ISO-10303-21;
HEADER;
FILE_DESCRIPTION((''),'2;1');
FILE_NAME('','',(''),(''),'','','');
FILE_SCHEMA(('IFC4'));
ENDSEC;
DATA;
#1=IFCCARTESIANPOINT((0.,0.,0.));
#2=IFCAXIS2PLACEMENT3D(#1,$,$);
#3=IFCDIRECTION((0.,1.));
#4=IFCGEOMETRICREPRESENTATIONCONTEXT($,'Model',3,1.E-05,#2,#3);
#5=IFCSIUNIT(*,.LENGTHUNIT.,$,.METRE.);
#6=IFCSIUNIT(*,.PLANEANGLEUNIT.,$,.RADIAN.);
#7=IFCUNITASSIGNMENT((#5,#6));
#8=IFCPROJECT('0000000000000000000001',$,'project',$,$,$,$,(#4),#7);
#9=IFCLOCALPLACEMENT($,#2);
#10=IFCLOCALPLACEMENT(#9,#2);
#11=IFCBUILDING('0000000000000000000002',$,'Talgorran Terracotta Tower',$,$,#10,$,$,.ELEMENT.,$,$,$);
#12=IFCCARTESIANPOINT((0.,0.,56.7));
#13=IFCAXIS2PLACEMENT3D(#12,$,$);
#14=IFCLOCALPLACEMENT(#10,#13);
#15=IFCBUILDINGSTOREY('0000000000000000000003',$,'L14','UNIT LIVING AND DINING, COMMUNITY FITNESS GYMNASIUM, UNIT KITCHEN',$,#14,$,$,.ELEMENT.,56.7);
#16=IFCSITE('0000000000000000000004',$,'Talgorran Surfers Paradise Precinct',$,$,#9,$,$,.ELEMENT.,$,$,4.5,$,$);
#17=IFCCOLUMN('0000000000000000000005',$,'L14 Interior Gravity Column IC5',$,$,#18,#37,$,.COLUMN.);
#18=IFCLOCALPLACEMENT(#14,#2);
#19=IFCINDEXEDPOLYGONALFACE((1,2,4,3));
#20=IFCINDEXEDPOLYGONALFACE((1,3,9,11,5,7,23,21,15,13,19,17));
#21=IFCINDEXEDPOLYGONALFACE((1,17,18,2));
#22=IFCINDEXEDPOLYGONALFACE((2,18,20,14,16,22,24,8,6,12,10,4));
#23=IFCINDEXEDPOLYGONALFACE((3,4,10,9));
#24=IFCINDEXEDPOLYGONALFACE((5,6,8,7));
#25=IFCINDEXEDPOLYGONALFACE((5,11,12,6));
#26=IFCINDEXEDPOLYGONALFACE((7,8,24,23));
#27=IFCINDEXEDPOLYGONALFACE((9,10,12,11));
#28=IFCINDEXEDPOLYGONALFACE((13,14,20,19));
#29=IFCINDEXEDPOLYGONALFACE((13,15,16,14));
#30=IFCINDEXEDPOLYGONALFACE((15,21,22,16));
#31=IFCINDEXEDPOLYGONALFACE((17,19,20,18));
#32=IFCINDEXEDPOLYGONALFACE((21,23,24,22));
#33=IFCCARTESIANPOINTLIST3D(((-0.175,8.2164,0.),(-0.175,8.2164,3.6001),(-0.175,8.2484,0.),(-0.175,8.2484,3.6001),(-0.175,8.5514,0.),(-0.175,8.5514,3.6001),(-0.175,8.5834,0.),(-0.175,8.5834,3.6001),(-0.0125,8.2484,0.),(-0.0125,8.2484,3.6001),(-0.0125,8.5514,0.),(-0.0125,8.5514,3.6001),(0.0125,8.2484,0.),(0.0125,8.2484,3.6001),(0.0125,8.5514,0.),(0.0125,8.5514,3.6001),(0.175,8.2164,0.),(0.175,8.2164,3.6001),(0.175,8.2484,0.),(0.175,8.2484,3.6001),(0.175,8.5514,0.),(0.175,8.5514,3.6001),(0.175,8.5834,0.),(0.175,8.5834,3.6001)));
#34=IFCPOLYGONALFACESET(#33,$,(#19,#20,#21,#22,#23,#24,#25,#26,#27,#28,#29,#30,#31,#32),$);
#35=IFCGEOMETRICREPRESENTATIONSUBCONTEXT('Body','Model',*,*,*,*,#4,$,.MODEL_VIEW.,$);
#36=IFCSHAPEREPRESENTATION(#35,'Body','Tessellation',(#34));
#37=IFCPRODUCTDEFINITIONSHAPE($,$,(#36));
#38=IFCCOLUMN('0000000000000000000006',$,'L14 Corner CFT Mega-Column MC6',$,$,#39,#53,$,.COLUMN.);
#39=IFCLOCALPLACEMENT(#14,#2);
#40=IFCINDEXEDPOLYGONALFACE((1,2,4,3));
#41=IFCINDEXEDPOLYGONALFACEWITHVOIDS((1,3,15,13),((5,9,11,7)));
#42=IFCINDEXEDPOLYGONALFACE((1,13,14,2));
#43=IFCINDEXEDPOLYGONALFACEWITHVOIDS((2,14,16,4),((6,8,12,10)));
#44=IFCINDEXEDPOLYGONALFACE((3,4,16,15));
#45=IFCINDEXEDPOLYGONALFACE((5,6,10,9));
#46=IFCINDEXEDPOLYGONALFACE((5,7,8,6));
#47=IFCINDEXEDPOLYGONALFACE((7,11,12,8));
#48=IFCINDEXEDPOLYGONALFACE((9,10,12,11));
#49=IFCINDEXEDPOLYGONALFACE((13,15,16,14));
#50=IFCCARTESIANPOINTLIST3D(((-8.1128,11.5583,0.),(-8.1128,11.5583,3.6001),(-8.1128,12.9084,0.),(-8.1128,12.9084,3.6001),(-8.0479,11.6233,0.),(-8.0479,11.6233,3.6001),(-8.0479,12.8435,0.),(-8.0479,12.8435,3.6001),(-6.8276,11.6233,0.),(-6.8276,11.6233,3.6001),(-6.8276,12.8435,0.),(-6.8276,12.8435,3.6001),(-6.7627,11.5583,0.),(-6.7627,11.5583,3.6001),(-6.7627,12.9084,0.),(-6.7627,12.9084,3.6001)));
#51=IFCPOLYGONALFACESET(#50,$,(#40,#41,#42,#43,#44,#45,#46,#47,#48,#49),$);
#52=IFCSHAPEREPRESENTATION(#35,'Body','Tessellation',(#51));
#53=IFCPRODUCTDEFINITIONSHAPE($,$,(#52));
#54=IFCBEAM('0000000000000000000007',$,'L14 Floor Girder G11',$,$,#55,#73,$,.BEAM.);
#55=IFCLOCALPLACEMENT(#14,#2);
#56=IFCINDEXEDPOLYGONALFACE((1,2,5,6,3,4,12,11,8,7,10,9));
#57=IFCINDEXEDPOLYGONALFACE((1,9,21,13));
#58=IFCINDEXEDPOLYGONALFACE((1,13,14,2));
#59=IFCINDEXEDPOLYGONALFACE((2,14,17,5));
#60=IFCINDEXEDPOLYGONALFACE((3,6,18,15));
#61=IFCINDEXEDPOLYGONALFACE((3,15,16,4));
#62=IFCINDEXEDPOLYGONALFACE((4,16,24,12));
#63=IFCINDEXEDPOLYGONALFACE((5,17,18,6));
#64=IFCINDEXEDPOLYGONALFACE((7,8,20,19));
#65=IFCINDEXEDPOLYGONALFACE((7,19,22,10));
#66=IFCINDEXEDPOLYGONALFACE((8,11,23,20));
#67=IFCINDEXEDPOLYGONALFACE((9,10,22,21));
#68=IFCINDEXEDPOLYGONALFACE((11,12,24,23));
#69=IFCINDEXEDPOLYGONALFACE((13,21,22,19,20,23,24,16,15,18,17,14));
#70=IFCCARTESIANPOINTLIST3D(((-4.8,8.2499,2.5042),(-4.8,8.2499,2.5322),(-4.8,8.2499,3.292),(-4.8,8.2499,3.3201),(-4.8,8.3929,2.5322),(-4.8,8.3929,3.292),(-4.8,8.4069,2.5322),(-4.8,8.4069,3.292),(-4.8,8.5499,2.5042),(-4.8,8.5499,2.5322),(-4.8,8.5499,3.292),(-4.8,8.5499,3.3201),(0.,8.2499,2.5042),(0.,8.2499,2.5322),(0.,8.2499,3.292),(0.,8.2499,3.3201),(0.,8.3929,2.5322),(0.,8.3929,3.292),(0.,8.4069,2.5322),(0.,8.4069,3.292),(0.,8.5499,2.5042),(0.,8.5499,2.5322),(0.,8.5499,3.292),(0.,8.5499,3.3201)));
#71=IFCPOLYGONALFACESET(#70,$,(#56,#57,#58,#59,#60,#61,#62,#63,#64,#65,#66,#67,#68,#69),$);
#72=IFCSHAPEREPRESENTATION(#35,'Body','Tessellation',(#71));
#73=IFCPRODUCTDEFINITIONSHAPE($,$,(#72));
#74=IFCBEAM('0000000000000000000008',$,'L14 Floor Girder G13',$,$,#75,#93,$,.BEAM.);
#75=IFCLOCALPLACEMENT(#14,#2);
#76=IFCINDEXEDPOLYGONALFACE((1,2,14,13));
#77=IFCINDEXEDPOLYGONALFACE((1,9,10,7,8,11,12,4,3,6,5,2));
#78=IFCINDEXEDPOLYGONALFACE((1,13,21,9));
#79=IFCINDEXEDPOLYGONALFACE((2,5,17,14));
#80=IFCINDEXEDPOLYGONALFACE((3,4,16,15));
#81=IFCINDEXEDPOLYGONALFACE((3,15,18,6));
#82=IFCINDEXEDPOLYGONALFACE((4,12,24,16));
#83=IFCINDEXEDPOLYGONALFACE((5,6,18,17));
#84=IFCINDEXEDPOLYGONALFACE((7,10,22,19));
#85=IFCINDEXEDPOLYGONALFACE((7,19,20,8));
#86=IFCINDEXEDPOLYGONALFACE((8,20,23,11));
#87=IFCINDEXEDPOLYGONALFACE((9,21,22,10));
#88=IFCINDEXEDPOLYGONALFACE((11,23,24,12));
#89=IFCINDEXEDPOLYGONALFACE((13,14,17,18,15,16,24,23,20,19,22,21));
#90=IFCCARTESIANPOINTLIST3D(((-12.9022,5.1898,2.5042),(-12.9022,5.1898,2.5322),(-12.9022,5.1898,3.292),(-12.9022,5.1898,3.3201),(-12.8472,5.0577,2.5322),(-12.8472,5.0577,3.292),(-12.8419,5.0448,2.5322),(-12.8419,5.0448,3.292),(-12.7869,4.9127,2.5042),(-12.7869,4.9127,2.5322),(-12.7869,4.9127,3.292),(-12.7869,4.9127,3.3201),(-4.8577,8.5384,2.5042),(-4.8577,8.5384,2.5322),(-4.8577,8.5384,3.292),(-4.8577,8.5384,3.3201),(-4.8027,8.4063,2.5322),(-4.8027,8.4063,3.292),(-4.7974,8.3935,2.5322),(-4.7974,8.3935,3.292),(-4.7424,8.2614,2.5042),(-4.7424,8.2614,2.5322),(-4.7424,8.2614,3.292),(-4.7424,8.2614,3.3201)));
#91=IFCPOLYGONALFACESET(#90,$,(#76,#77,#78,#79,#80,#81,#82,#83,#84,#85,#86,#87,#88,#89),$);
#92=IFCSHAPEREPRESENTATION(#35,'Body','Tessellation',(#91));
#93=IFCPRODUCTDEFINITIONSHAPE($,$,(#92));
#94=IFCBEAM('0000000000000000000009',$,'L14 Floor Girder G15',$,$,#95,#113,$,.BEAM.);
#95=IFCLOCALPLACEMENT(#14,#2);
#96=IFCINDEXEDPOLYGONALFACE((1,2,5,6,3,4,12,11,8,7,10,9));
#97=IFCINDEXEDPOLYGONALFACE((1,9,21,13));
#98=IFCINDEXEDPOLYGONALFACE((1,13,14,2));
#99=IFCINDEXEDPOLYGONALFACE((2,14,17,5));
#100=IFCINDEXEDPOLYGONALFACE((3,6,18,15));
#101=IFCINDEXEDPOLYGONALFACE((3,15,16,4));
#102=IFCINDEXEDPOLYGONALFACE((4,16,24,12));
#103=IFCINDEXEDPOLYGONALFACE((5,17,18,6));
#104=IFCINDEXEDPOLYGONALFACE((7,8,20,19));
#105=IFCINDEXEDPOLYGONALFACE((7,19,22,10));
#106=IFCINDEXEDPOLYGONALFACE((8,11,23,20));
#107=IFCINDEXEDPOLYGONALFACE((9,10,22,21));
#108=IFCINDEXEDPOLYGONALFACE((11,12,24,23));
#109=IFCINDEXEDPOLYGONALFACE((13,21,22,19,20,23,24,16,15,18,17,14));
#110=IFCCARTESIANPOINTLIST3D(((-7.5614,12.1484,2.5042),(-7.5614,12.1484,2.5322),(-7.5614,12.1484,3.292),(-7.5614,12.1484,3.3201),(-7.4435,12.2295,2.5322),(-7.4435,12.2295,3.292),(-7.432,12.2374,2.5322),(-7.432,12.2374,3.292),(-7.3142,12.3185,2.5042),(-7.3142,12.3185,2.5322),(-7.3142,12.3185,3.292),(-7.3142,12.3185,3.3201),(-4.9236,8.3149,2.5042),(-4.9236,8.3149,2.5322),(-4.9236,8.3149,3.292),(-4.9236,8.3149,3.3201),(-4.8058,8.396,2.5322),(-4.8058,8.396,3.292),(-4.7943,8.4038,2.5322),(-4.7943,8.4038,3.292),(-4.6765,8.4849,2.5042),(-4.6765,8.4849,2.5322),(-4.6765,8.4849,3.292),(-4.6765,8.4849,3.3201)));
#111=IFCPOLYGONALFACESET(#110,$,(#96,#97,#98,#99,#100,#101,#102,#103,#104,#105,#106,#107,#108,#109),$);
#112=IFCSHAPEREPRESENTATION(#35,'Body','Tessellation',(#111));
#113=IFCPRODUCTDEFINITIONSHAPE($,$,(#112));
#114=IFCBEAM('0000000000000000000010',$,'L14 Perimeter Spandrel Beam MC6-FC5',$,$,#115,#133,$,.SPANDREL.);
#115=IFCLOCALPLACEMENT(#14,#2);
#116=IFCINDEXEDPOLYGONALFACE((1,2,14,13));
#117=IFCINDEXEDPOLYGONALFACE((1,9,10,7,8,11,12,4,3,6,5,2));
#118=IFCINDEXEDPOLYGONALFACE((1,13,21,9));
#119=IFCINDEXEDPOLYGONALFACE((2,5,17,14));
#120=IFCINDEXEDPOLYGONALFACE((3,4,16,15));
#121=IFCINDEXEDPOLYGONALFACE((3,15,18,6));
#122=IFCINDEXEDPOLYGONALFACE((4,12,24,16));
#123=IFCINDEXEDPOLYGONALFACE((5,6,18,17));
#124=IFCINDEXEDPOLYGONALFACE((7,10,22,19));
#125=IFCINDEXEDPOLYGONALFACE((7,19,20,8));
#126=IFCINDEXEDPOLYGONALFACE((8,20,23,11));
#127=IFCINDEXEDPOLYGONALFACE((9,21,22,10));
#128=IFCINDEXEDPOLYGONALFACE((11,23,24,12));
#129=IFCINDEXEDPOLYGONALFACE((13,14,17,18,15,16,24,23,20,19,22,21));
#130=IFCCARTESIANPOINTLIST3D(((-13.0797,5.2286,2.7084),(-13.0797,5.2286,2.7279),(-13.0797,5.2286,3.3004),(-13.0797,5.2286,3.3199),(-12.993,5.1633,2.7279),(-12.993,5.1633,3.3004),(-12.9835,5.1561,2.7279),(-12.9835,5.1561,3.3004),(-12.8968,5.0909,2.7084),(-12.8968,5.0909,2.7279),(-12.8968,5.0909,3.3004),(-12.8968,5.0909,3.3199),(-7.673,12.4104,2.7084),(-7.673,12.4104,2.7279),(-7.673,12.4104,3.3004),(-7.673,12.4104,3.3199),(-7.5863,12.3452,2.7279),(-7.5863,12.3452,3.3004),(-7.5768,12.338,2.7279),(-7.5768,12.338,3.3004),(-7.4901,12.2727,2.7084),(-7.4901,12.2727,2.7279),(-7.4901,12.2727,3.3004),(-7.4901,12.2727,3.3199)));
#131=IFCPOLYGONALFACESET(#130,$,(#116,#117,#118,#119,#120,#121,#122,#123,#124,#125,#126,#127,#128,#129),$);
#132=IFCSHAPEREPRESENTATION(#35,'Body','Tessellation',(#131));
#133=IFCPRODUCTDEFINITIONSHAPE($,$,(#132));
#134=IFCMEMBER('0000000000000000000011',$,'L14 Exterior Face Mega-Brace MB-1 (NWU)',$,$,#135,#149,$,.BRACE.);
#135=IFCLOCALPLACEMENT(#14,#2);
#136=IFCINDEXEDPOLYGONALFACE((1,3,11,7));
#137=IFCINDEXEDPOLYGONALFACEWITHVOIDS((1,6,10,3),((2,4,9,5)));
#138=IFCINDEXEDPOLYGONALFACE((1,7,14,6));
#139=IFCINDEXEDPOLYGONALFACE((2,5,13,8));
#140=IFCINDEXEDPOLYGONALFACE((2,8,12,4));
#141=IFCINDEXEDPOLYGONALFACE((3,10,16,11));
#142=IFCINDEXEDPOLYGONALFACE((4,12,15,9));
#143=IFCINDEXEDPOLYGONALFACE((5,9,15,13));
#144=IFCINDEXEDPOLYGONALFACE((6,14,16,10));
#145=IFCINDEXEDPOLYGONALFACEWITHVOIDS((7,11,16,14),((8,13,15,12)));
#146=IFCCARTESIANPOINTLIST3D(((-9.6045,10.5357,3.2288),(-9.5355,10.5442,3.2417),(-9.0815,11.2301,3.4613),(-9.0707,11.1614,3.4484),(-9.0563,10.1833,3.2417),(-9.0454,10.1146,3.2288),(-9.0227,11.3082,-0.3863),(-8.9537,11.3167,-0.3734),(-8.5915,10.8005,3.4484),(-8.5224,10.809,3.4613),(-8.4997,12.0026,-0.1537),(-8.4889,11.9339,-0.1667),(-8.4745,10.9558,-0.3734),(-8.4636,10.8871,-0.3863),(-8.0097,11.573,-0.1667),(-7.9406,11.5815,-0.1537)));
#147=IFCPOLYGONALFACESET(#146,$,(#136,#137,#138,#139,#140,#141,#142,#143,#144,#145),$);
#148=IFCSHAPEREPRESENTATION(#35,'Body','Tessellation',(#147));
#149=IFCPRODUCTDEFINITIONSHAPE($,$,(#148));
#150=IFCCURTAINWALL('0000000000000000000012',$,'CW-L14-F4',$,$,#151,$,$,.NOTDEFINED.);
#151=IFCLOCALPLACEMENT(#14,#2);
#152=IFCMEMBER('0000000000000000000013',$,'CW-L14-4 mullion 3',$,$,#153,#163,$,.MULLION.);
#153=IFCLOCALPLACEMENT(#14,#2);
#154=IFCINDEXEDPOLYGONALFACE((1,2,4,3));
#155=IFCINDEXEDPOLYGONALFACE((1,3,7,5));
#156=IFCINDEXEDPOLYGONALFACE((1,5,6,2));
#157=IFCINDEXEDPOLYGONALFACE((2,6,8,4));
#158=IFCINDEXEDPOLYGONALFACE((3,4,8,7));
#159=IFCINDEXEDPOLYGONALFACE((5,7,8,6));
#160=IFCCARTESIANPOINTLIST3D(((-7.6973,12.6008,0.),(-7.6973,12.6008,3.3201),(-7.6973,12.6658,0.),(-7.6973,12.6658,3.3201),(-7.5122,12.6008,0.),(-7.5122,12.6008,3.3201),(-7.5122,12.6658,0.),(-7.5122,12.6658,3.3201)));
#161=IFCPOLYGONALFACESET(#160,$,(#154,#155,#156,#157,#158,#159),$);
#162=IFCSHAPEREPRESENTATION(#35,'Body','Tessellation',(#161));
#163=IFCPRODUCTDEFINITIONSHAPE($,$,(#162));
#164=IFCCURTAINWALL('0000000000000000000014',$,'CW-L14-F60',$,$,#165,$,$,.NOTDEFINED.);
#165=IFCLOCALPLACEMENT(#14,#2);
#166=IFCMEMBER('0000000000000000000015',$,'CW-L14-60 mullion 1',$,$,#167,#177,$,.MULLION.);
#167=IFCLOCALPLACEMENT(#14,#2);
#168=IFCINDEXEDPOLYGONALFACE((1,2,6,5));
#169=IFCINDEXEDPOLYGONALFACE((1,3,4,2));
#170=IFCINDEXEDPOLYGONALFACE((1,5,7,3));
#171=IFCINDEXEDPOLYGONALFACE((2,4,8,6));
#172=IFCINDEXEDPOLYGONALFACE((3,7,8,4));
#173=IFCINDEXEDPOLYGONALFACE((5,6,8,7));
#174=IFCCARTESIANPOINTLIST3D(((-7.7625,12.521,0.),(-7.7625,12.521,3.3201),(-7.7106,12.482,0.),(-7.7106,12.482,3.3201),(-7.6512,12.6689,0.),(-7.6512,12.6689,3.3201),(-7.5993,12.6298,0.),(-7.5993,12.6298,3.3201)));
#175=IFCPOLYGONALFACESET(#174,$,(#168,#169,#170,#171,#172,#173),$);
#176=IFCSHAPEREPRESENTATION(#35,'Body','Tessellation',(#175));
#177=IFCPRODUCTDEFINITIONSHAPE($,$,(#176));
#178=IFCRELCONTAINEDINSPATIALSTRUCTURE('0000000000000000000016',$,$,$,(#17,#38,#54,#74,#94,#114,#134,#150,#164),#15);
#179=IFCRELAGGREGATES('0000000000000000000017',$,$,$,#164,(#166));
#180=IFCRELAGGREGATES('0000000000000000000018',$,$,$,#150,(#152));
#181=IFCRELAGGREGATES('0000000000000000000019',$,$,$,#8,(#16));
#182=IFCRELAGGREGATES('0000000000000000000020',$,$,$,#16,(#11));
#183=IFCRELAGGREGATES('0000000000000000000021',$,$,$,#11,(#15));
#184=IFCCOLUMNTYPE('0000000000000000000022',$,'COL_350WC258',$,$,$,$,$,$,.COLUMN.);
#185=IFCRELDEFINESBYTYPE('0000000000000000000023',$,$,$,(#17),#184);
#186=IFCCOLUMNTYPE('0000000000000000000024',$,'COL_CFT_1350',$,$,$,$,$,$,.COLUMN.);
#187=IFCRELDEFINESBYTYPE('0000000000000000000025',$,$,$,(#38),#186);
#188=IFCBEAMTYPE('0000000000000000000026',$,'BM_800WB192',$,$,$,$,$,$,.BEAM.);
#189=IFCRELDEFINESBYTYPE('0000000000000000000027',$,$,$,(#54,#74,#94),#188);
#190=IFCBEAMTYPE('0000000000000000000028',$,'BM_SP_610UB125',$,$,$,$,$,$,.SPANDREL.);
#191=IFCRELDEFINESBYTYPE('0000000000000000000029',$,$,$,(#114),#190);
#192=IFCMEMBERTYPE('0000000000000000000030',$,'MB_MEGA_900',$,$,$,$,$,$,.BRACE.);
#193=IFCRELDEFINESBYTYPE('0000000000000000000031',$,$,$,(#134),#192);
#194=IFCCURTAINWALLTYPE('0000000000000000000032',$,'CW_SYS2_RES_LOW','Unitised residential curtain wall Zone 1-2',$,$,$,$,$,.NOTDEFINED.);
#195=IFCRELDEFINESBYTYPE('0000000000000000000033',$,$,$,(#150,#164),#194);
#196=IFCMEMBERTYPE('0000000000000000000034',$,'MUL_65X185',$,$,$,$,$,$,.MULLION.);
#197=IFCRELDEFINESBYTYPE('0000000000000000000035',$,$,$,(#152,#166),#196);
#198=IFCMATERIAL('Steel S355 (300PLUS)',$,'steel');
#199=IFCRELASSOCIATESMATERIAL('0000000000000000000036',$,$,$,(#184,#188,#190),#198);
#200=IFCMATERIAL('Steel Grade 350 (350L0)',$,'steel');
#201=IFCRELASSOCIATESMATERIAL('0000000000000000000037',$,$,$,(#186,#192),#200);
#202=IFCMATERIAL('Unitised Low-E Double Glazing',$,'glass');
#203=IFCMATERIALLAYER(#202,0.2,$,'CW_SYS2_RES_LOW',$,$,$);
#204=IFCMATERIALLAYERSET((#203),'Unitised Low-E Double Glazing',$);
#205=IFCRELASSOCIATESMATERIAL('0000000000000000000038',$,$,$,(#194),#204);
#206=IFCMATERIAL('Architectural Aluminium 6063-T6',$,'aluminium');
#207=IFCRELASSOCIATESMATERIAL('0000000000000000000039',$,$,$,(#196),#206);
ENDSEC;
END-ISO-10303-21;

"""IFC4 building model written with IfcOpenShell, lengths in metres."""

from ifc_helpers import new_model, si_unit, direction, frame, origin, origin_2d, place, context, subcontext, project, spatial, rectangle, hollow_rectangle, i_section, extrude, material, layer, layer_set, material_profile, profile_set, type_object, element, aggregate, save


model = new_model("IFC4")

# Units and contexts
model_context = context("Model", 3, precision=1e-05, world=origin(), true_north=direction((0.0, 1.0)))
body_context = subcontext(model_context, "Body", "Model", "MODEL_VIEW")
ifc_project = project(units=[si_unit("LENGTHUNIT", "METRE"), si_unit("PLANEANGLEUNIT", "RADIAN")], contexts=[model_context])

# Site, building, storey
site_placement = place(None, origin())
site = spatial("IfcSite", under=ifc_project, at=site_placement, Name="Talgorran Surfers Paradise Precinct", CompositionType="ELEMENT", RefElevation=4.5)
building_placement = place(site_placement, origin())
building = spatial("IfcBuilding", under=site, at=building_placement, Name="Talgorran Terracotta Tower", CompositionType="ELEMENT")
storey_placement = place(building_placement, frame((0.0, 0.0, 56.7)))
storey = spatial("IfcBuildingStorey", under=building, at=storey_placement, Name="L14", Description="UNIT LIVING AND DINING, COMMUNITY FITNESS GYMNASIUM, UNIT KITCHEN", CompositionType="ELEMENT", Elevation=56.7)

# Columns
ifc_material_1 = material(Name="Steel S355 (300PLUS)", Category="steel")
ifc_material_profile_1 = material_profile(ifc_material_1, i_section(OverallWidth=0.3501, OverallDepth=0.3669, WebThickness=0.0249, FlangeThickness=0.032, at=origin_2d()), Name="350WC258")
ifc_profile_set_1 = profile_set([ifc_material_profile_1], Name="Steel S355 (300PLUS)")
column_type_1 = type_object("IfcColumnType", Name="COL_350WC258", PredefinedType="COLUMN", material=ifc_profile_set_1)
column_1_placement = place(storey_placement, frame((0.0, 8.3999, 0.0), z_axis=(0.0, 0.0, 1.0), x_axis=(1.0, 0.0, 0.0)))
element("IfcColumn", 1, at=column_1_placement, inside=storey, type_object=column_type_1, Name="L14 Interior Gravity Column IC5", PredefinedType="COLUMN", context=body_context, shape_type="SweptSolid", body=[
    extrude(i_section(OverallWidth=0.3501, OverallDepth=0.3669, WebThickness=0.0249, FlangeThickness=0.032, at=origin_2d()), origin(), (0.0, 0.0, 1.0), 3.6001),
])
ifc_material_2 = material(Name="Steel Grade 350 (350L0)", Category="steel")
ifc_material_profile_2 = material_profile(ifc_material_2, hollow_rectangle(XDim=1.3501, YDim=1.3501, WallThickness=0.0649, at=origin_2d()), Name="CFT1350X1350X65")
ifc_profile_set_2 = profile_set([ifc_material_profile_2], Name="Steel Grade 350 (350L0)")
column_type_2 = type_object("IfcColumnType", Name="COL_CFT_1350", PredefinedType="COLUMN", material=ifc_profile_set_2)
column_2_placement = place(storey_placement, frame((-7.4377, 12.2334, 0.0), z_axis=(0.0, 0.0, 1.0), x_axis=(1.0, 0.0, 0.0)))
element("IfcColumn", 2, at=column_2_placement, inside=storey, type_object=column_type_2, Name="L14 Corner CFT Mega-Column MC6", PredefinedType="COLUMN", context=body_context, shape_type="SweptSolid", body=[
    extrude(hollow_rectangle(XDim=1.3501, YDim=1.3501, WallThickness=0.0649, at=origin_2d()), origin(), (0.0, 0.0, 1.0), 3.6001),
])

# Beams
ifc_material_profile_3 = material_profile(ifc_material_1, i_section(OverallWidth=0.3, OverallDepth=0.8159, WebThickness=0.0139, FlangeThickness=0.0281, at=origin_2d()), Name="800WB192")
ifc_profile_set_3 = profile_set([ifc_material_profile_3], Name="Steel S355 (300PLUS)")
beam_type_1 = type_object("IfcBeamType", Name="BM_800WB192", PredefinedType="BEAM", material=ifc_profile_set_3)
beam_1_placement = place(storey_placement, frame((-4.8, 8.3999, 2.9121), z_axis=(1.0, 0.0, 0.0), x_axis=(0.0, 1.0, 0.0)))
element("IfcBeam", 3, at=beam_1_placement, inside=storey, type_object=beam_type_1, Name="L14 Floor Girder G11", PredefinedType="BEAM", context=body_context, shape_type="SweptSolid", body=[
    extrude(i_section(OverallWidth=0.3, OverallDepth=0.8159, WebThickness=0.0139, FlangeThickness=0.0281, at=origin_2d()), origin(), (0.0, 0.0, 1.0), 4.8),
])
beam_2_placement = place(storey_placement, frame((-4.8, 8.3999, 2.9121), z_axis=(-0.923208, -0.384301, 0.0), x_axis=(0.384301, -0.923208, 0.0)))
element("IfcBeam", 4, at=beam_2_placement, inside=storey, type_object=beam_type_1, Name="L14 Floor Girder G13", PredefinedType="BEAM", context=body_context, shape_type="SweptSolid", body=[
    extrude(i_section(OverallWidth=0.3, OverallDepth=0.8159, WebThickness=0.0139, FlangeThickness=0.0281, at=origin_2d()), origin(), (0.0, 0.0, 1.0), 8.7136),
])
beam_3_placement = place(storey_placement, frame((-4.8, 8.3999, 2.9121), z_axis=(-0.566845, 0.823824, 0.0), x_axis=(-0.823824, -0.566845, 0.0)))
element("IfcBeam", 5, at=beam_3_placement, inside=storey, type_object=beam_type_1, Name="L14 Floor Girder G15", PredefinedType="BEAM", context=body_context, shape_type="SweptSolid", body=[
    extrude(i_section(OverallWidth=0.3, OverallDepth=0.8159, WebThickness=0.0139, FlangeThickness=0.0281, at=origin_2d()), origin(), (0.0, 0.0, 1.0), 4.6533),
])
ifc_material_profile_4 = material_profile(ifc_material_1, i_section(OverallWidth=0.229, OverallDepth=0.6116, WebThickness=0.012, FlangeThickness=0.0195, at=origin_2d()), Name="610UB125")
ifc_profile_set_4 = profile_set([ifc_material_profile_4], Name="Steel S355 (300PLUS)")
beam_type_2 = type_object("IfcBeamType", Name="BM_SP_610UB125", PredefinedType="SPANDREL", material=ifc_profile_set_4)
beam_4_placement = place(storey_placement, frame((-7.5815, 12.3416, 3.0142), z_axis=(-0.601446, -0.798913, 0.0), x_axis=(0.798913, -0.601446, 0.0)))
element("IfcBeam", 6, at=beam_4_placement, inside=storey, type_object=beam_type_2, Name="L14 Perimeter Spandrel Beam MC6-FC5", PredefinedType="SPANDREL", context=body_context, shape_type="SweptSolid", body=[
    extrude(i_section(OverallWidth=0.229, OverallDepth=0.6116, WebThickness=0.012, FlangeThickness=0.0195, at=origin_2d()), origin(), (0.0, 0.0, 1.0), 8.9895),
])

# Member
ifc_material_profile_5 = material_profile(ifc_material_2, hollow_rectangle(XDim=0.7, YDim=0.8999, WallThickness=0.05, at=origin_2d()), Name="WBOX900X700X50")
ifc_profile_set_5 = profile_set([ifc_material_profile_5], Name="Steel Grade 350 (350L0)")
member_type_1 = type_object("IfcMemberType", Name="MB_MEGA_900", PredefinedType="BRACE", material=ifc_profile_set_5)
member_1_placement = place(storey_placement, frame((-8.4817, 11.4448, -0.27), z_axis=(-0.155471, -0.206424, 0.966032), x_axis=(0.798787, -0.601615, 0.0)))
element("IfcMember", 7, at=member_1_placement, inside=storey, type_object=member_type_1, Name="L14 Exterior Face Mega-Brace MB-1 (NWU)", PredefinedType="BRACE", context=body_context, shape_type="SweptSolid", body=[
    extrude(hollow_rectangle(XDim=0.7, YDim=0.8999, WallThickness=0.05, at=origin_2d()), origin(), (0.0, 0.0, 1.0), 3.7422),
])

# Curtain wall, member
ifc_material_3 = material(Name="Unitised Low-E Double Glazing", Category="glass")
ifc_layer_1 = layer(ifc_material_3, 0.2, Name="CW_SYS2_RES_LOW")
ifc_layer_set_1 = layer_set([ifc_layer_1], Name="Unitised Low-E Double Glazing")
curtain_wall_type = type_object("IfcCurtainWallType", Name="CW_SYS2_RES_LOW", Description="Unitised residential curtain wall Zone 1-2", PredefinedType="NOTDEFINED", material=ifc_layer_set_1)
curtain_wall_1_placement = place(storey_placement, origin())
curtain_wall_1 = element("IfcCurtainWall", 8, at=curtain_wall_1_placement, inside=storey, type_object=curtain_wall_type, Name="CW-L14-F4", PredefinedType="NOTDEFINED")
ifc_material_4 = material(Name="Architectural Aluminium 6063-T6", Category="aluminium")
ifc_material_profile_6 = material_profile(ifc_material_4, rectangle(XDim=0.0649, YDim=0.1851, at=origin_2d()), Name="CWM65X185")
ifc_profile_set_6 = profile_set([ifc_material_profile_6], Name="Architectural Aluminium 6063-T6")
member_type_2 = type_object("IfcMemberType", Name="MUL_65X185", PredefinedType="MULLION", material=ifc_profile_set_6)
member_2_placement = place(storey_placement, frame((-7.6047, 12.6333, 0.0), z_axis=(0.0, 0.0, 1.0), x_axis=(0.0, -1.0, 0.0)))
member_2 = element("IfcMember", 9, at=member_2_placement, type_object=member_type_2, Name="CW-L14-4 mullion 3", PredefinedType="MULLION", context=body_context, shape_type="SweptSolid", body=[
    extrude(rectangle(XDim=0.0649, YDim=0.1851, at=origin_2d()), origin(), (0.0, 0.0, 1.0), 3.3201),
])

# Curtain wall, member
curtain_wall_2_placement = place(storey_placement, origin())
curtain_wall_2 = element("IfcCurtainWall", 10, at=curtain_wall_2_placement, inside=storey, type_object=curtain_wall_type, Name="CW-L14-F60", PredefinedType="NOTDEFINED")
member_3_placement = place(storey_placement, frame((-7.6809, 12.5754, 0.0), z_axis=(0.0, 0.0, 1.0), x_axis=(0.798935, -0.601417, 0.0)))
member_3 = element("IfcMember", 11, at=member_3_placement, type_object=member_type_2, Name="CW-L14-60 mullion 1", PredefinedType="MULLION", context=body_context, shape_type="SweptSolid", body=[
    extrude(rectangle(XDim=0.0649, YDim=0.1851, at=origin_2d()), origin(), (0.0, 0.0, 1.0), 3.3201),
])

aggregate(curtain_wall_2, [member_3])
aggregate(curtain_wall_1, [member_2])

save(model, "model.ifc")
